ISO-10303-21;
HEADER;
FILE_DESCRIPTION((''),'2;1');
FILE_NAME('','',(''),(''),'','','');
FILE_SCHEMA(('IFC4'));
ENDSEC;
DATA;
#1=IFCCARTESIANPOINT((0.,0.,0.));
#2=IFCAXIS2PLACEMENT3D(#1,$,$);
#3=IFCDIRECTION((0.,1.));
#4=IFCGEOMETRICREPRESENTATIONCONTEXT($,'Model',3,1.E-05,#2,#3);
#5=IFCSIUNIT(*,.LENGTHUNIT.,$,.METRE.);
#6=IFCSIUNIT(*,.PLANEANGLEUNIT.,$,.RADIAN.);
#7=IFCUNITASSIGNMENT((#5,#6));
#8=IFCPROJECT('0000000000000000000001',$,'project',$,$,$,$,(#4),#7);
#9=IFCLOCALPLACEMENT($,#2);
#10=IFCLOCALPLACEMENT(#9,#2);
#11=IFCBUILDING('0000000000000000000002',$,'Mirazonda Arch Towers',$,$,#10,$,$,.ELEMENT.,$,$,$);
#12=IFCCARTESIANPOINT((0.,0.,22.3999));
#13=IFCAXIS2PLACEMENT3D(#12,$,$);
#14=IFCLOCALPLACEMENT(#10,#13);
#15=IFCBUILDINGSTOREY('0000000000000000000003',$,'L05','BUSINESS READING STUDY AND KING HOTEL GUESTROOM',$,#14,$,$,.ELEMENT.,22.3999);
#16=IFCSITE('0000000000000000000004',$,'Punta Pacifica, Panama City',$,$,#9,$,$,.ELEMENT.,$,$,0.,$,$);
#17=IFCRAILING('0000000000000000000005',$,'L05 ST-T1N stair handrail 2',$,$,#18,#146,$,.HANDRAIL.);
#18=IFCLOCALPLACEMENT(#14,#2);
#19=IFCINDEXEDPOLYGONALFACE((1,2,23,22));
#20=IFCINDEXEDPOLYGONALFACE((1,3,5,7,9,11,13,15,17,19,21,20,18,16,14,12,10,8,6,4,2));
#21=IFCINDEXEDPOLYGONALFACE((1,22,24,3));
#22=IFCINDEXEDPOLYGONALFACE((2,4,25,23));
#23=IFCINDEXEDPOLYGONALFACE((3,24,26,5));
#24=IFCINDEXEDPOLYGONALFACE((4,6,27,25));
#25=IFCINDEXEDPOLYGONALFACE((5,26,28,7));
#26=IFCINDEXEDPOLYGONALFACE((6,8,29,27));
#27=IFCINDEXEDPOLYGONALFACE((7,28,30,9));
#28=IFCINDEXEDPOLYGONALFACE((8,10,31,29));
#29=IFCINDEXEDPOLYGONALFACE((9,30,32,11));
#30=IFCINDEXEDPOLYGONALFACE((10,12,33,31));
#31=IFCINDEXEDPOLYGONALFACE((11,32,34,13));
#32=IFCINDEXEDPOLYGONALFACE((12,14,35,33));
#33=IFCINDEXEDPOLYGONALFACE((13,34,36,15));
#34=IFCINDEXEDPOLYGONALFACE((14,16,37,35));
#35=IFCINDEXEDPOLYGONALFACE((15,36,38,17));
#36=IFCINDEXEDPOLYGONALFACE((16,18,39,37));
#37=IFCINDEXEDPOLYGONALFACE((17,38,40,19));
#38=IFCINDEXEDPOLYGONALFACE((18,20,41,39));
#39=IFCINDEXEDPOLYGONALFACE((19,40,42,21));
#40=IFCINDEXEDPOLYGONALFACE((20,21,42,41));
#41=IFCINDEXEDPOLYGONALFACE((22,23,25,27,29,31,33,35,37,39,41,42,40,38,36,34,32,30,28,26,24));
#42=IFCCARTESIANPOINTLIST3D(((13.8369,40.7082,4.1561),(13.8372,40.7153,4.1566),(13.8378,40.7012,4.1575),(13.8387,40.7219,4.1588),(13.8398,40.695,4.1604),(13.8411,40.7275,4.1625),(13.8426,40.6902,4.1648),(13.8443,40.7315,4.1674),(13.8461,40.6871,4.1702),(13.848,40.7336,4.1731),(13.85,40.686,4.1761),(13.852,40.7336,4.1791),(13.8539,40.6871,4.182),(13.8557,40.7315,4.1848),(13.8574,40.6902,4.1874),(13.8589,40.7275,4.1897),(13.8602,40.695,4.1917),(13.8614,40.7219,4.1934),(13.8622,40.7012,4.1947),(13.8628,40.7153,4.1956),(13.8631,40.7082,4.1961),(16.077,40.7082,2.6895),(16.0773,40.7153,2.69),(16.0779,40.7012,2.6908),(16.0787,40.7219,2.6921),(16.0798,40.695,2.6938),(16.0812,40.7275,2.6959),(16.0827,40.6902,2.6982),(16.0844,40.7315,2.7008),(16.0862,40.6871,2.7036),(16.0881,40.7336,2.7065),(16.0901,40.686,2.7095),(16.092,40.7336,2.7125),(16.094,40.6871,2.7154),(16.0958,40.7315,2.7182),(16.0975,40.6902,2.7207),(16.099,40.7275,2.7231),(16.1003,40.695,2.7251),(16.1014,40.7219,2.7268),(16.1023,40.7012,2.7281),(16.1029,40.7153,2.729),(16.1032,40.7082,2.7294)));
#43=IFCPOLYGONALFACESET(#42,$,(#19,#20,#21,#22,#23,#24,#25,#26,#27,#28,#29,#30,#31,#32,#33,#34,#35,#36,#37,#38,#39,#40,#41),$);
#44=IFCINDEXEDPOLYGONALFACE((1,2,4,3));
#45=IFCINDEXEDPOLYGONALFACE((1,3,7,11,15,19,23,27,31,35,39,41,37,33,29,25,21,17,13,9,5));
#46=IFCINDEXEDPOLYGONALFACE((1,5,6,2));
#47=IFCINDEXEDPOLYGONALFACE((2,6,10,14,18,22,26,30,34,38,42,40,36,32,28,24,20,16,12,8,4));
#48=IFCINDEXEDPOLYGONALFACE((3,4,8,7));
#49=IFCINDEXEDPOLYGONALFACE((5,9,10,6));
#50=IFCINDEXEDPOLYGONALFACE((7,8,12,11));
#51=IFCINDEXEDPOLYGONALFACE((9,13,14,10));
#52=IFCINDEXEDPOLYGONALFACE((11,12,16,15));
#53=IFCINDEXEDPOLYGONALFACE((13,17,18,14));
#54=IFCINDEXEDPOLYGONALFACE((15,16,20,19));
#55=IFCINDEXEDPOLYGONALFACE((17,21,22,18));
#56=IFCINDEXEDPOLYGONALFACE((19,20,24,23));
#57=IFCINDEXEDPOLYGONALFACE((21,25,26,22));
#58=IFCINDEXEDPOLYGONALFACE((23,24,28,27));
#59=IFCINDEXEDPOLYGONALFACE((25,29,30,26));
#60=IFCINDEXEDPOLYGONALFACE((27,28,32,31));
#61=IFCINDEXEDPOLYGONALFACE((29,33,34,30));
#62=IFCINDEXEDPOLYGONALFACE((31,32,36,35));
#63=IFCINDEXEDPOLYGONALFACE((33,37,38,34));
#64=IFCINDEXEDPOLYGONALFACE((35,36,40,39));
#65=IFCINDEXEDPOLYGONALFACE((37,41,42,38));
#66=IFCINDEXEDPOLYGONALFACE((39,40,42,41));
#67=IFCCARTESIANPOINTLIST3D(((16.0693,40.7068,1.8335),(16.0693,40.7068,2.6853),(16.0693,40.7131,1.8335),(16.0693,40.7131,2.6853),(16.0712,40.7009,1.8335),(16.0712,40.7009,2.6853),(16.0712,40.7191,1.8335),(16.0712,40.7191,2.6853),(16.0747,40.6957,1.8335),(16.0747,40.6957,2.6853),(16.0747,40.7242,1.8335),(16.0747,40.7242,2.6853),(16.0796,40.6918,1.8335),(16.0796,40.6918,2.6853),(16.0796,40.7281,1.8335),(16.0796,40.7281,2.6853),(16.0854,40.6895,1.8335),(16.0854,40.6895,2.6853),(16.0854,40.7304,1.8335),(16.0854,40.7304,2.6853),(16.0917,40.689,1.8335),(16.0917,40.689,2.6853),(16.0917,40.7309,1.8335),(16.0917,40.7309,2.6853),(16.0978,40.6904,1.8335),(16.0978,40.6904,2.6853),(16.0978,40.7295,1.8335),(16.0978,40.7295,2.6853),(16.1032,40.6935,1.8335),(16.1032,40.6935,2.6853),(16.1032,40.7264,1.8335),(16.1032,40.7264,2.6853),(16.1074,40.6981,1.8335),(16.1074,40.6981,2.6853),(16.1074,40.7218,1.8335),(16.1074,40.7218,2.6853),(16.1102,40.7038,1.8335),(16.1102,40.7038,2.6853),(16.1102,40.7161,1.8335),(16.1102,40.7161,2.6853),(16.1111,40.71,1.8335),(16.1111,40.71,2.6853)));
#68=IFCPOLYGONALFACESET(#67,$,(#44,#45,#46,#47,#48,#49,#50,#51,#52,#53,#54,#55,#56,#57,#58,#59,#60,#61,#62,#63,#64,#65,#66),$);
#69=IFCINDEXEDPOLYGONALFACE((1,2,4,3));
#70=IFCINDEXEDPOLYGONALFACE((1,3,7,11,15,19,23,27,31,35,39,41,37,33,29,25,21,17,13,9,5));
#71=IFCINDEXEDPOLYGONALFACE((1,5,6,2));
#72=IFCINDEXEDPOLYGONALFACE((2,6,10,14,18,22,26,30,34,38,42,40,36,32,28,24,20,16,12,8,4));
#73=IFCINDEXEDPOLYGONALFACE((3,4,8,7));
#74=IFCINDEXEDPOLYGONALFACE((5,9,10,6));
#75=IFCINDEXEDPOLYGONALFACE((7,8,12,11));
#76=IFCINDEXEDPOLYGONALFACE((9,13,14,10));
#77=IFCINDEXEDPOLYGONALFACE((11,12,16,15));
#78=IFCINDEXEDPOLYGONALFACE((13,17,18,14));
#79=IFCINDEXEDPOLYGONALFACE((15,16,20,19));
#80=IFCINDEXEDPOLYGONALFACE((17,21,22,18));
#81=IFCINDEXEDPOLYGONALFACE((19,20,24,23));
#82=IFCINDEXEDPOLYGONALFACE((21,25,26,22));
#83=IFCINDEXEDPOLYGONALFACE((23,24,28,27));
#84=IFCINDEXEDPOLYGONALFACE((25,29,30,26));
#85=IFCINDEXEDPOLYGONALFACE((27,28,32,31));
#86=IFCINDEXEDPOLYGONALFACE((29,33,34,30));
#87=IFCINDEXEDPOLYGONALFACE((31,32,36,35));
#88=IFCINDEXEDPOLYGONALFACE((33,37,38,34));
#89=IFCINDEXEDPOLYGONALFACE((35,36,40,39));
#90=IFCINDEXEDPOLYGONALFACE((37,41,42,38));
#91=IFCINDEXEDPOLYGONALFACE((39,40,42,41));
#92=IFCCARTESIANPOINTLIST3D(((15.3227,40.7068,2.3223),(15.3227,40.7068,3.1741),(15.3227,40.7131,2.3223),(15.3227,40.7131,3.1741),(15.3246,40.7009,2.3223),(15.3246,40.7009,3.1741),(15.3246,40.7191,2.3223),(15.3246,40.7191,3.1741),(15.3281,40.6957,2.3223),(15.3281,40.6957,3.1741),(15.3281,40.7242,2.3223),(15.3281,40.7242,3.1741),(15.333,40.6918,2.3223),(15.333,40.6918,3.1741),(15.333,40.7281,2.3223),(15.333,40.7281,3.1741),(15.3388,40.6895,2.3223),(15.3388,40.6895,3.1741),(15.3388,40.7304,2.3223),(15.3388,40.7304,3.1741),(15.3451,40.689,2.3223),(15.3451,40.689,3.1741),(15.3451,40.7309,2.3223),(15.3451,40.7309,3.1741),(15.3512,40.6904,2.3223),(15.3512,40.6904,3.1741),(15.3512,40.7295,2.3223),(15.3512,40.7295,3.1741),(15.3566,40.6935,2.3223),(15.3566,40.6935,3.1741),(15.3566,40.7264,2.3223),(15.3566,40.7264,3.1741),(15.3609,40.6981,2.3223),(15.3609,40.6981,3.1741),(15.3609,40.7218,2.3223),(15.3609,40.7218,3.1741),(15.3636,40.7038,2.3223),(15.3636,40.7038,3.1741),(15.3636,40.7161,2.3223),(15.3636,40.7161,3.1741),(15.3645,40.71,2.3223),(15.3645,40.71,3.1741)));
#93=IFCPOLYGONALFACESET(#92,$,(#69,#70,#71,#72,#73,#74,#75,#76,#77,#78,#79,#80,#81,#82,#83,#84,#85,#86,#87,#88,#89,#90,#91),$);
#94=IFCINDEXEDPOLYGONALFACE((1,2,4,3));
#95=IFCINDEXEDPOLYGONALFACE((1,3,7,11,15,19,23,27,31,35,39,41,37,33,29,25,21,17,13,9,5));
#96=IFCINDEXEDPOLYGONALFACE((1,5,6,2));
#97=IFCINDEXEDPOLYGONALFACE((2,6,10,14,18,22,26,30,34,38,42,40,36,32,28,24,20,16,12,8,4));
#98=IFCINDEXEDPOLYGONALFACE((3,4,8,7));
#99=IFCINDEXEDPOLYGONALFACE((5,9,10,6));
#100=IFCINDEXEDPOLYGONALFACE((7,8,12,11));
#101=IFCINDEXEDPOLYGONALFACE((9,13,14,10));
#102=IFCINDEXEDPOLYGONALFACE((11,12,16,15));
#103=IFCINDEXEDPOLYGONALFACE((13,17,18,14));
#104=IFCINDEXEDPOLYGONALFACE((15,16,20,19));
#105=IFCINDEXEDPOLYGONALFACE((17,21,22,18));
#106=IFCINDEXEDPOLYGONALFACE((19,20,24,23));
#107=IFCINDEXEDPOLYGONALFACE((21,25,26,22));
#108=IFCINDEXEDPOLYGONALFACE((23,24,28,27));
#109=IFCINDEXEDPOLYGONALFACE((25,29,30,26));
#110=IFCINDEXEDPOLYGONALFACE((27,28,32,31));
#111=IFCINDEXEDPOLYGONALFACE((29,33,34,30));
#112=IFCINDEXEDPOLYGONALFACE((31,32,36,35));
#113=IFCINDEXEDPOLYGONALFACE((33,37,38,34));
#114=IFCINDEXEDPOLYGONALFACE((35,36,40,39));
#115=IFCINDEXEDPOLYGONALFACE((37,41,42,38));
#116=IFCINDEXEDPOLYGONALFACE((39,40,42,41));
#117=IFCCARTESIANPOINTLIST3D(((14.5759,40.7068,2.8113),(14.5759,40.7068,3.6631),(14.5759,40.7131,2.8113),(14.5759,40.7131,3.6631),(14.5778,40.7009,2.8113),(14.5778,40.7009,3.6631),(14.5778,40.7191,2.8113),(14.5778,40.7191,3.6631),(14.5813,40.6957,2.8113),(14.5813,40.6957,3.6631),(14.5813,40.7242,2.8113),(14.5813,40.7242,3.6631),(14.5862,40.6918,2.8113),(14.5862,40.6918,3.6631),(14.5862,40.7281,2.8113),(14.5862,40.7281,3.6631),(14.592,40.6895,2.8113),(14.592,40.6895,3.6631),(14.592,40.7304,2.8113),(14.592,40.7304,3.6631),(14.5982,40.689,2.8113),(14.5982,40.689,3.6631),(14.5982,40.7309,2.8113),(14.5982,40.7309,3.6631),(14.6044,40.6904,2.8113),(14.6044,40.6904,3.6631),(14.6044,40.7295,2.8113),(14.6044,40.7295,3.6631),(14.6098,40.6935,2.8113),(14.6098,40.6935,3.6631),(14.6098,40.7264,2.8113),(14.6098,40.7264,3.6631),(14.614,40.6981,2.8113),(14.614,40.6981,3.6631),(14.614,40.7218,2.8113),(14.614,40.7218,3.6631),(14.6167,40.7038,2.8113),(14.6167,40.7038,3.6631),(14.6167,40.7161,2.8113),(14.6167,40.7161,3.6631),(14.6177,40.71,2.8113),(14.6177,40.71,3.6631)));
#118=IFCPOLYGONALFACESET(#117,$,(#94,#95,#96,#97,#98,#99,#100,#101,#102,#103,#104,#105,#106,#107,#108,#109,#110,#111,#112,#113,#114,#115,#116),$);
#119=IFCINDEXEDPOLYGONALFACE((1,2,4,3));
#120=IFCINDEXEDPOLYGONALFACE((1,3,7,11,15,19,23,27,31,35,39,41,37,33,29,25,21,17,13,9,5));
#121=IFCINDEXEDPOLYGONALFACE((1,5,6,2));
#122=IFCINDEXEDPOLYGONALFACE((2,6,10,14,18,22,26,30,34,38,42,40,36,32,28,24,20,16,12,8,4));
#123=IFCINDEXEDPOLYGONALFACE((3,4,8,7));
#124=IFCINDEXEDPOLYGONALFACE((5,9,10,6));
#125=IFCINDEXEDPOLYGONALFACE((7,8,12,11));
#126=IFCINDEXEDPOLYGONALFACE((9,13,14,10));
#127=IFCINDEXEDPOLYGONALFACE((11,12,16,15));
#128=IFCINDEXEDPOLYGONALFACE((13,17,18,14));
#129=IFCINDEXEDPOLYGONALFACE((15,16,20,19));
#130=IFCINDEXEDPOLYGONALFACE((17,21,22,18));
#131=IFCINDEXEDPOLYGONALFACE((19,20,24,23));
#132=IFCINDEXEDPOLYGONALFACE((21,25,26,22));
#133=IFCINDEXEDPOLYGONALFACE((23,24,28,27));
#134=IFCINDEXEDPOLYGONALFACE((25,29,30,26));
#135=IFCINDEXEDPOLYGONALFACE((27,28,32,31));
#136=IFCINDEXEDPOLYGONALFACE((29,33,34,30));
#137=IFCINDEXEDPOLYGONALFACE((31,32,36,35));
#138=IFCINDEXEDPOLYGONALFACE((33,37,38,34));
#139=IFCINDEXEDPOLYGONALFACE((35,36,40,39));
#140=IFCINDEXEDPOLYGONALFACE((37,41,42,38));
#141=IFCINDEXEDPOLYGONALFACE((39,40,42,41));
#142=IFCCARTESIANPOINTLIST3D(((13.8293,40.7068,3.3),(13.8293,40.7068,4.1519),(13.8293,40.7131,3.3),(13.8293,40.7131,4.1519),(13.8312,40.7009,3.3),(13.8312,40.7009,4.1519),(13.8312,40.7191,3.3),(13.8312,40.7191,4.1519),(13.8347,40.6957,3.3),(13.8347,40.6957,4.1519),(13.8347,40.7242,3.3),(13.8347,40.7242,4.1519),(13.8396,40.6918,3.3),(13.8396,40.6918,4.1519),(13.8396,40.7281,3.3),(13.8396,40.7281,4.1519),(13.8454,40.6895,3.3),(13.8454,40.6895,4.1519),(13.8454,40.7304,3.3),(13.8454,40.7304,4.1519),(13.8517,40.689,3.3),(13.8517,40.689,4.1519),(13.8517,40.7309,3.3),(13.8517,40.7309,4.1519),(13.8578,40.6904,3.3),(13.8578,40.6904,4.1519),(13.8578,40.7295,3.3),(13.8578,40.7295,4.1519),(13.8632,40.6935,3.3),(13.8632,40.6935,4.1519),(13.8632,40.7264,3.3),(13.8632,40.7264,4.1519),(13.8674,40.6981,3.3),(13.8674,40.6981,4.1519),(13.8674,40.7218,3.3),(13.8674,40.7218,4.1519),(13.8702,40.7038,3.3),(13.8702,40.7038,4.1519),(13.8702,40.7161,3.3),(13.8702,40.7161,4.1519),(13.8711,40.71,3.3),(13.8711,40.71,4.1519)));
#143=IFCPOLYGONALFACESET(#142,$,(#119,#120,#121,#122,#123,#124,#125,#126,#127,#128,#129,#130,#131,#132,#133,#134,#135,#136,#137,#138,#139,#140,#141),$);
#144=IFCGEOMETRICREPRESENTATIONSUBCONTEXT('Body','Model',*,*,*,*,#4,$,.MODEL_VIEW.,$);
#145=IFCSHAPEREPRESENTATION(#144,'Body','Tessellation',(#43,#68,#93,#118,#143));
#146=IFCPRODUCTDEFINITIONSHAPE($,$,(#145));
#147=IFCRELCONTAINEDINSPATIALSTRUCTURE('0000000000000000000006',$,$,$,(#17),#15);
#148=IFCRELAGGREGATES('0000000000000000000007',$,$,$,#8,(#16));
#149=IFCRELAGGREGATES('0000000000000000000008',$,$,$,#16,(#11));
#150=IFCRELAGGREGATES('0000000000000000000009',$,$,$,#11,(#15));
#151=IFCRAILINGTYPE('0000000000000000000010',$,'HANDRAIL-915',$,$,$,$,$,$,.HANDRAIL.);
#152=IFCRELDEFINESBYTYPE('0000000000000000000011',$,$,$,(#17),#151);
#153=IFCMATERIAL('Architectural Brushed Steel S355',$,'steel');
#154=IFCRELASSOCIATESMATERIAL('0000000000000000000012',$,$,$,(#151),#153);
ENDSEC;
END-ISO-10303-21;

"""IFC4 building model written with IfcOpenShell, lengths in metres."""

from ifc_helpers import new_model, si_unit, direction, frame, origin, origin_2d, place, context, subcontext, project, spatial, circle, extrude, material, type_object, element, save


model = new_model("IFC4")

# Units and contexts
model_context = context("Model", 3, precision=1e-05, world=origin(), true_north=direction((0.0, 1.0)))
body_context = subcontext(model_context, "Body", "Model", "MODEL_VIEW")
ifc_project = project(units=[si_unit("LENGTHUNIT", "METRE"), si_unit("PLANEANGLEUNIT", "RADIAN")], contexts=[model_context])

# Site, building, storey
site_placement = place(None, origin())
site = spatial("IfcSite", under=ifc_project, at=site_placement, Name="Punta Pacifica, Panama City", CompositionType="ELEMENT", RefElevation=0.0)
building_placement = place(site_placement, origin())
building = spatial("IfcBuilding", under=site, at=building_placement, Name="Mirazonda Arch Towers", CompositionType="ELEMENT")
storey_placement = place(building_placement, frame((0.0, 0.0, 22.3999)))
storey = spatial("IfcBuildingStorey", under=building, at=storey_placement, Name="L05", Description="BUSINESS READING STUDY AND KING HOTEL GUESTROOM", CompositionType="ELEMENT", Elevation=22.3999)

# Railing
ifc_material_1 = material(Name="Architectural Brushed Steel S355", Category="steel")
railing_type_1 = type_object("IfcRailingType", Name="HANDRAIL-915", PredefinedType="HANDRAIL", material=ifc_material_1)
railing_1_placement = place(storey_placement, frame((16.0901, 40.71, 1.8335)))
element("IfcRailing", 1, at=railing_1_placement, inside=storey, type_object=railing_type_1, Name="L05 ST-T1N stair handrail 2", PredefinedType="HANDRAIL", context=body_context, shape_type="SweptSolid", body=[
    extrude(circle(Radius=0.0239, at=origin_2d()), frame((0.0, 0.0, 0.876), z_axis=(-0.836637, 0.0, 0.547758), x_axis=(0.0, -1.0, 0.0)), (0.0, 0.0, 1.0), 2.6775),
    extrude(circle(Radius=0.021, at=origin_2d()), origin(), (0.0, 0.0, 1.0), 0.8518),
    extrude(circle(Radius=0.021, at=origin_2d()), frame((-0.7466, 0.0, 0.4888)), (0.0, 0.0, 1.0), 0.8518),
    extrude(circle(Radius=0.021, at=origin_2d()), frame((-1.4934, 0.0, 0.9778)), (0.0, 0.0, 1.0), 0.8518),
    extrude(circle(Radius=0.021, at=origin_2d()), frame((-2.24, 0.0, 1.4666)), (0.0, 0.0, 1.0), 0.8518),
])

save(model, "model.ifc")
